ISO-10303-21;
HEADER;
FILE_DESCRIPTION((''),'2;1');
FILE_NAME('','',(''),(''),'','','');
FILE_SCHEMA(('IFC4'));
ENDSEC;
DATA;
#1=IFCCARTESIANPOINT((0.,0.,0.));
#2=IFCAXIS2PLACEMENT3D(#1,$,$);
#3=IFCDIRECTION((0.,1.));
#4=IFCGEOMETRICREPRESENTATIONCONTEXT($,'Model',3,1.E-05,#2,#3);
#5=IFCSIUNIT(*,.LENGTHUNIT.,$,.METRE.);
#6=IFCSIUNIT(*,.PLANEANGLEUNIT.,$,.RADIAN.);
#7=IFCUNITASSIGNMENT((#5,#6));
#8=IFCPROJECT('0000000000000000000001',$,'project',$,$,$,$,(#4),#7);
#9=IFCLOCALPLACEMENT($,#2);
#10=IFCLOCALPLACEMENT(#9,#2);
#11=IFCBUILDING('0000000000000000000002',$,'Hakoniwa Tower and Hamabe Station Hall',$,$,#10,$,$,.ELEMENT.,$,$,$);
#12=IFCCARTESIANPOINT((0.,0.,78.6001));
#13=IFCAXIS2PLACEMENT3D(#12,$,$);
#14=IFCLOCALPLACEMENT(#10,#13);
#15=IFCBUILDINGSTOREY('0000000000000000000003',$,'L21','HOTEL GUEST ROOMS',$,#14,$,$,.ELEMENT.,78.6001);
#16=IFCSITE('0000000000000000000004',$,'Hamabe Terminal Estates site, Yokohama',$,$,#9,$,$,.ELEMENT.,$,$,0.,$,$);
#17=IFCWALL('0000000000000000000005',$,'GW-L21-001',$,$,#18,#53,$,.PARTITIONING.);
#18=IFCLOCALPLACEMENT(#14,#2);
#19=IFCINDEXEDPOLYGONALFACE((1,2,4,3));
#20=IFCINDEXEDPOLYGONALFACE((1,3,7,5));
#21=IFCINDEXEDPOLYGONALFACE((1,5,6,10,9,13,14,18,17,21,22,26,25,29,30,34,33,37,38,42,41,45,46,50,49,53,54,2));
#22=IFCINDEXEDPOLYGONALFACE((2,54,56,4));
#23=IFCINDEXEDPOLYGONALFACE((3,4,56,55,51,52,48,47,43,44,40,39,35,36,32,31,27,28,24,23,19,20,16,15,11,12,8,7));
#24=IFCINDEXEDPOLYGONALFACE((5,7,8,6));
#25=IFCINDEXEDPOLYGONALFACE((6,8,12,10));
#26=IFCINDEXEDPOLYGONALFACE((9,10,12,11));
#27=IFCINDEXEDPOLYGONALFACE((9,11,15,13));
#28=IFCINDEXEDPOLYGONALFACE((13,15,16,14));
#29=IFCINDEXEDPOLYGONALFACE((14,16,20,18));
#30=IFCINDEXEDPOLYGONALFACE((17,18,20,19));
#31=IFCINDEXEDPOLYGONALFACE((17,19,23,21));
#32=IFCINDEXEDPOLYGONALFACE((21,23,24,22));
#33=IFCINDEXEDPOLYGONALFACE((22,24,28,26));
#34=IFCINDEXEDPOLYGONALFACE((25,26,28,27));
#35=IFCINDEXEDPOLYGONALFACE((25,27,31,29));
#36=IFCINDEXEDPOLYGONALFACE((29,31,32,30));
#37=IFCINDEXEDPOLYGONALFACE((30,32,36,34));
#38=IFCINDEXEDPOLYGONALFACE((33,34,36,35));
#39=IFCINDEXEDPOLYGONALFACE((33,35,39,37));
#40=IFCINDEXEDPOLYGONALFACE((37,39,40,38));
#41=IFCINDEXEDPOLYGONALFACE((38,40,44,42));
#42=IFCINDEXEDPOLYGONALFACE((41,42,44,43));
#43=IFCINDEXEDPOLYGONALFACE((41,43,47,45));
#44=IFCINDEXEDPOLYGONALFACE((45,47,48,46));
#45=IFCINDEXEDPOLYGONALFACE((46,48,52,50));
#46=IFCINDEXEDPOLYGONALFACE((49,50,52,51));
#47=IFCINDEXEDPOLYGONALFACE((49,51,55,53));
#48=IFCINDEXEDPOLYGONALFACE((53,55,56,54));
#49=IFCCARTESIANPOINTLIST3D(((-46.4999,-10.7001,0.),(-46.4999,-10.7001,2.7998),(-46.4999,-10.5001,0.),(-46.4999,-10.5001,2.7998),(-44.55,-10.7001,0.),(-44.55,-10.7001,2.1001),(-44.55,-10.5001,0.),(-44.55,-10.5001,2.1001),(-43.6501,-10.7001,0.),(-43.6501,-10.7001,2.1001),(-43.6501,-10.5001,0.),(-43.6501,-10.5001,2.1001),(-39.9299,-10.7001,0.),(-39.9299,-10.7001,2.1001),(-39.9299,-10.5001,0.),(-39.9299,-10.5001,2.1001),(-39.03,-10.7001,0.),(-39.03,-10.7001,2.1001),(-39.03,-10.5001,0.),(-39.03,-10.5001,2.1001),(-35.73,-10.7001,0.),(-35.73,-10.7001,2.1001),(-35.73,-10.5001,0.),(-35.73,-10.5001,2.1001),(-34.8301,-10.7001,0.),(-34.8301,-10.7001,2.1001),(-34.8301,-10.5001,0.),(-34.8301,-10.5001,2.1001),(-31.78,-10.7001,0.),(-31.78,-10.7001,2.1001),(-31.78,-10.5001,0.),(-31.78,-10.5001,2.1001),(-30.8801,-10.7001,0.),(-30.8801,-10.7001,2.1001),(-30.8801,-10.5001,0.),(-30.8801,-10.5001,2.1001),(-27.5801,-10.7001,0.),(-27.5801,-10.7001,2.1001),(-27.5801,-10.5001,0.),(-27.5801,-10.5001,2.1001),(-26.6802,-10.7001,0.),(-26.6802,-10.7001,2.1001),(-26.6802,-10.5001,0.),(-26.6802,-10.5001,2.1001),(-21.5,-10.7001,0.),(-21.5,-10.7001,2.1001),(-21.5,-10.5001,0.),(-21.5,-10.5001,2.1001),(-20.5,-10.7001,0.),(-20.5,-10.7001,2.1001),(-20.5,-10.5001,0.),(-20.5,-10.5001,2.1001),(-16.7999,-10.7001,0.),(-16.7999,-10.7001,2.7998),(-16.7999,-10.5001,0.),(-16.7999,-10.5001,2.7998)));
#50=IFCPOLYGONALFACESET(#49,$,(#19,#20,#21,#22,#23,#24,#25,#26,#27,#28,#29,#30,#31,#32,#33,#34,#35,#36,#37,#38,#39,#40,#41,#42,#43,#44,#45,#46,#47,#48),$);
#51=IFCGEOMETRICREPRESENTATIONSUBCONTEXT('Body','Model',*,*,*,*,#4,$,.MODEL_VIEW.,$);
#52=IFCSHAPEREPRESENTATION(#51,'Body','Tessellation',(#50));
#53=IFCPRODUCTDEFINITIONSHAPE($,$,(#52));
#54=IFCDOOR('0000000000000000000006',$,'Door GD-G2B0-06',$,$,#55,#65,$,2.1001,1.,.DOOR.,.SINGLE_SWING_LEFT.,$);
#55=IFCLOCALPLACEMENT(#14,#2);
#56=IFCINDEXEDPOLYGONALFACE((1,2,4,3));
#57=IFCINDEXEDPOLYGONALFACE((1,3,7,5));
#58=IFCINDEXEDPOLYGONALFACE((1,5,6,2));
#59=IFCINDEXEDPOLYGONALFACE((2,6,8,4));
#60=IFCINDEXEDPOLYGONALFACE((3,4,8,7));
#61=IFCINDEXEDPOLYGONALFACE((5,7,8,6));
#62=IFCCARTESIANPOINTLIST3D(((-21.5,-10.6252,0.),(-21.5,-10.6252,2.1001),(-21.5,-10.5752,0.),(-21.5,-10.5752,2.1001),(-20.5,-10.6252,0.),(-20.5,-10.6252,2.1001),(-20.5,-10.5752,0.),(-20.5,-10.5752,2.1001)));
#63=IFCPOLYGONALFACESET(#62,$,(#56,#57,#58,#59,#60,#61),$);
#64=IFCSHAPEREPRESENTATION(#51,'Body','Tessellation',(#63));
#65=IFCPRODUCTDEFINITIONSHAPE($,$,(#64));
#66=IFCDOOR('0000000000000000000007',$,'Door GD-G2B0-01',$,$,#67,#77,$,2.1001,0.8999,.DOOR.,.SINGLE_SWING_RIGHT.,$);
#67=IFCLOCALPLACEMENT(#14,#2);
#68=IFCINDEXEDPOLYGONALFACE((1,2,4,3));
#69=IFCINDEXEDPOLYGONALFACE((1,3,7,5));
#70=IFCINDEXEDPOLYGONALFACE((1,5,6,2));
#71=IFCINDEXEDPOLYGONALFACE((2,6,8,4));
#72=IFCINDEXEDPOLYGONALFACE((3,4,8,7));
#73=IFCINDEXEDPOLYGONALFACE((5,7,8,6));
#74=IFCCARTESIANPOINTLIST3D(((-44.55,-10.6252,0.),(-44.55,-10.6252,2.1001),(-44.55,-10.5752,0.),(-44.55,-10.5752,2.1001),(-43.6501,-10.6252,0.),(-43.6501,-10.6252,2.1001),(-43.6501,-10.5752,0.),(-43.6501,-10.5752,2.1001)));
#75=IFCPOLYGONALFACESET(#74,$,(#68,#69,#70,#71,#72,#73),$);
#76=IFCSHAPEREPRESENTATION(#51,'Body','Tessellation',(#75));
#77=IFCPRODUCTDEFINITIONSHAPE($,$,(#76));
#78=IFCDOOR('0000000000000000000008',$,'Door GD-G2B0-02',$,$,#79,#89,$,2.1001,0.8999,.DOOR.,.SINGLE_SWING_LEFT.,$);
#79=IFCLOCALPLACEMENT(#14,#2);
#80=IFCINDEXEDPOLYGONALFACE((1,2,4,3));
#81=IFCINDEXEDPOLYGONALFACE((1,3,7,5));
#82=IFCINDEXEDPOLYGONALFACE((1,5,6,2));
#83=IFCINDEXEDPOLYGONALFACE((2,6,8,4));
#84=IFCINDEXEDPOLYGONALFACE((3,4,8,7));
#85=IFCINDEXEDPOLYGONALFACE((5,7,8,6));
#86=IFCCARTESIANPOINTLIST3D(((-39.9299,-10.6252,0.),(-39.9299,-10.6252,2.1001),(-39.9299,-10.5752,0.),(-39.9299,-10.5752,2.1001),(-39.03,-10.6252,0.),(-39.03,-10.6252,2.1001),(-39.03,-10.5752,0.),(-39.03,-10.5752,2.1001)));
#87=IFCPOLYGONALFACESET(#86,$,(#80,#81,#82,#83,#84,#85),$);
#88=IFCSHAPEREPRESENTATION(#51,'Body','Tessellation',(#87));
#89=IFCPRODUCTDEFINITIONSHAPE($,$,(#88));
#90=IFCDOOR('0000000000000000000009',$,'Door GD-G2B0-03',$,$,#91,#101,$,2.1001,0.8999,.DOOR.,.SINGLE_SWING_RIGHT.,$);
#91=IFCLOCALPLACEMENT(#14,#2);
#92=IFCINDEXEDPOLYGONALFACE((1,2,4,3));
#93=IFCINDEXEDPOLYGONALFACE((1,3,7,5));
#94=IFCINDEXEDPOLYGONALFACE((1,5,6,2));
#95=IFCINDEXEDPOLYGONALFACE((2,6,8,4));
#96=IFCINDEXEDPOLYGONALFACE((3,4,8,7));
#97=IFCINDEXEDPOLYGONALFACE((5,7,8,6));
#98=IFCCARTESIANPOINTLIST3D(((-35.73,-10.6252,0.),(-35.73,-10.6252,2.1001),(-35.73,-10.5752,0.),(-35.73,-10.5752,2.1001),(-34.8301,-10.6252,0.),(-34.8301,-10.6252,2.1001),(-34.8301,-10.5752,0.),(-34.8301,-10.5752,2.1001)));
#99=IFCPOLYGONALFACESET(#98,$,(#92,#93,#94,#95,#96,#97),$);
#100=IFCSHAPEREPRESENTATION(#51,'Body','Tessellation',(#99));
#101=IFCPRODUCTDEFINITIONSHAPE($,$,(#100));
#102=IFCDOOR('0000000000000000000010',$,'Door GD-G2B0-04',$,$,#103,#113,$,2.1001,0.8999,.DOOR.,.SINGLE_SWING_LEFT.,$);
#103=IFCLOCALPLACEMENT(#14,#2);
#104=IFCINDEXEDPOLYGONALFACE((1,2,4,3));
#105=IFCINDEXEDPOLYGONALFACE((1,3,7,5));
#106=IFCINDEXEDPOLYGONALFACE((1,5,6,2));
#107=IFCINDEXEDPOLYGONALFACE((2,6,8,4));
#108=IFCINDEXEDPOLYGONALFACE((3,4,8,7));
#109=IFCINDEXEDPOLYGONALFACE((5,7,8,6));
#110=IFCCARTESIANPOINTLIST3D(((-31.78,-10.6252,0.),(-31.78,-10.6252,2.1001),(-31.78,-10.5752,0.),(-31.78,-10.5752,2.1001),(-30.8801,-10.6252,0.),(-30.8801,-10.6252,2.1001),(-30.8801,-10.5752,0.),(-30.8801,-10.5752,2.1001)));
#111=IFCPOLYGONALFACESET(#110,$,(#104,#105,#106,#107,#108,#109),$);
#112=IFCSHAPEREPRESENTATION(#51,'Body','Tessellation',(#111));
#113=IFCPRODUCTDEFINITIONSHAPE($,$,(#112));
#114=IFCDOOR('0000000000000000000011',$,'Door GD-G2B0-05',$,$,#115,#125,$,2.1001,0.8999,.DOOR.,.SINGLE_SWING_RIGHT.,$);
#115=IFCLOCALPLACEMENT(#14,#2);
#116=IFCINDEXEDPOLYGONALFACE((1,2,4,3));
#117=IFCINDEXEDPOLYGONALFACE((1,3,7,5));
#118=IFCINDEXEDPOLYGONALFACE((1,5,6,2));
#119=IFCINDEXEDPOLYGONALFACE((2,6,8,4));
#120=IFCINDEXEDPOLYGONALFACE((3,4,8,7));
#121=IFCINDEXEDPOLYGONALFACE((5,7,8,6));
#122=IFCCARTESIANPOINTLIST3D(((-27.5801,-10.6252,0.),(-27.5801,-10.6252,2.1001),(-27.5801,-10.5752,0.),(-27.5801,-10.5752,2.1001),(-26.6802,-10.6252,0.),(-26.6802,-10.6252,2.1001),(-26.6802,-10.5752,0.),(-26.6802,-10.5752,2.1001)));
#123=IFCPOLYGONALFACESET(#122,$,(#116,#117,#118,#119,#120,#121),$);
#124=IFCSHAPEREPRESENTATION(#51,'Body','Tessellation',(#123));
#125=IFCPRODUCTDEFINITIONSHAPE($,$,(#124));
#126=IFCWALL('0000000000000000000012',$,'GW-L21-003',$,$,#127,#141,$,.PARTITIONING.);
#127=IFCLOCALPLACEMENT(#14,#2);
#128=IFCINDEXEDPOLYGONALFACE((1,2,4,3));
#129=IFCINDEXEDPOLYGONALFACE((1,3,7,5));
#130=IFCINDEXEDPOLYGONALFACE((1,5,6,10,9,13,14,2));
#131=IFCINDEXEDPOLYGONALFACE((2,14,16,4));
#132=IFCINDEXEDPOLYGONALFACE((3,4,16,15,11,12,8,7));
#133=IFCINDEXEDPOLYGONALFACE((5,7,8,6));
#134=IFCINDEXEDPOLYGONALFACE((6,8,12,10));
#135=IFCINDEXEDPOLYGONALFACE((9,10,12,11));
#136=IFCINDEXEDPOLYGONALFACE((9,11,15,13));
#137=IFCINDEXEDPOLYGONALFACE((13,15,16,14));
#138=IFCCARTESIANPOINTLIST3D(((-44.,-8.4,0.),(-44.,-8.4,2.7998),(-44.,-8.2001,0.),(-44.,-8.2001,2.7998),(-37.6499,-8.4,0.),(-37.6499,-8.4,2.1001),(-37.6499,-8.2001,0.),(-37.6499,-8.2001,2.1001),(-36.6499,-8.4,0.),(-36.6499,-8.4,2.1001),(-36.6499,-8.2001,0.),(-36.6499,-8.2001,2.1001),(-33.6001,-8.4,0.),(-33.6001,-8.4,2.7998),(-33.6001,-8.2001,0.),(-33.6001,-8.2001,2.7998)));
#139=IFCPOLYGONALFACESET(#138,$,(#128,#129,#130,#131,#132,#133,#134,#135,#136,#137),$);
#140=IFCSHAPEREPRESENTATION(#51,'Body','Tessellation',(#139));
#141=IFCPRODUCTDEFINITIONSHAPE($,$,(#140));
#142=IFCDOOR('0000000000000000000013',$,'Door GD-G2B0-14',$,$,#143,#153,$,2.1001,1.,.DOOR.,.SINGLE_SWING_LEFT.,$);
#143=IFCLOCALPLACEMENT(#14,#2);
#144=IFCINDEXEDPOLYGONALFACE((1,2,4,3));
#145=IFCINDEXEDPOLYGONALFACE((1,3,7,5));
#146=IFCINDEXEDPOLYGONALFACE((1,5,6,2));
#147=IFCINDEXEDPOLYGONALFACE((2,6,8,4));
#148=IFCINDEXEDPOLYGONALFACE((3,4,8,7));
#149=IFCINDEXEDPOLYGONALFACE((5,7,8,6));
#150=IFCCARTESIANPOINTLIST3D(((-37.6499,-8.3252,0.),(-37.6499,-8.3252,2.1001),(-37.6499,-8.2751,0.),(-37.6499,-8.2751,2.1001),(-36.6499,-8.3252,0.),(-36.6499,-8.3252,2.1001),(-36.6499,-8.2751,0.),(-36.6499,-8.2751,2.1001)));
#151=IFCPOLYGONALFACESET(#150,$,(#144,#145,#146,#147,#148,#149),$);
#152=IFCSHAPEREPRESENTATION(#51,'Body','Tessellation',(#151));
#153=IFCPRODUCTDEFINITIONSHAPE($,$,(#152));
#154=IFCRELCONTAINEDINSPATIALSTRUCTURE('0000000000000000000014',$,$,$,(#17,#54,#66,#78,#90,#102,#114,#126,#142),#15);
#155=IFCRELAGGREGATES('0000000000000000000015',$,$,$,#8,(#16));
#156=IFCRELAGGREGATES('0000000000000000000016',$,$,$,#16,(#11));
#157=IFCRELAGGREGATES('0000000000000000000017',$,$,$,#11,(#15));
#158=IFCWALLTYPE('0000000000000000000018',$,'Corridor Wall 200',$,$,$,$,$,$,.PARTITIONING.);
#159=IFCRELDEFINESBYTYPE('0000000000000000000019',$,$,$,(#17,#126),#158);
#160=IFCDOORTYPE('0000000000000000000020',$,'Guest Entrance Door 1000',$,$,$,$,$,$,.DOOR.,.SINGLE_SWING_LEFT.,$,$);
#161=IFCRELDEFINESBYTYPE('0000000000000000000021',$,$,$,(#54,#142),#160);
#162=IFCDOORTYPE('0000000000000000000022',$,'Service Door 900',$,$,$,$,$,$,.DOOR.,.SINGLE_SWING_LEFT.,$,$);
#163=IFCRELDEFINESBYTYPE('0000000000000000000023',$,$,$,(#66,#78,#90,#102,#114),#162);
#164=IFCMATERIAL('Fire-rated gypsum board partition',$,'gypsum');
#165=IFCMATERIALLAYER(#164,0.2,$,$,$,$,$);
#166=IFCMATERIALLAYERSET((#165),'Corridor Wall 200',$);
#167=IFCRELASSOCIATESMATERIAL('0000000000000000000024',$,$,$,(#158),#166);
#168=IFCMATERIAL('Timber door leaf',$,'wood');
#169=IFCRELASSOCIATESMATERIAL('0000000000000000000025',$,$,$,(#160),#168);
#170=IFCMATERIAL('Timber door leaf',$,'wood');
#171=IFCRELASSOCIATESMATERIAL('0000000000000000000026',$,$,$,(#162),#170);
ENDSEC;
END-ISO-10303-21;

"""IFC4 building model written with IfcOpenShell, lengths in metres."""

from ifc_helpers import new_model, si_unit, direction, frame, frame_2d, origin, place, context, subcontext, project, spatial, rectangle, extrude, material, layer, layer_set, type_object, element, fill, save


model = new_model("IFC4")

# Units and contexts
model_context = context("Model", 3, precision=1e-05, world=origin(), true_north=direction((0.0, 1.0)))
body_context = subcontext(model_context, "Body", "Model", "MODEL_VIEW")
ifc_project = project(units=[si_unit("LENGTHUNIT", "METRE"), si_unit("PLANEANGLEUNIT", "RADIAN")], contexts=[model_context])

# Site, building, storey
site_placement = place(None, origin())
site = spatial("IfcSite", under=ifc_project, at=site_placement, Name="Hamabe Terminal Estates site, Yokohama", CompositionType="ELEMENT", RefElevation=0.0)
building_placement = place(site_placement, origin())
building = spatial("IfcBuilding", under=site, at=building_placement, Name="Hakoniwa Tower and Hamabe Station Hall", CompositionType="ELEMENT")
storey_placement = place(building_placement, frame((0.0, 0.0, 78.6001)))
storey = spatial("IfcBuildingStorey", under=building, at=storey_placement, Name="L21", Description="HOTEL GUEST ROOMS", CompositionType="ELEMENT", Elevation=78.6001)

# Wall, openings, doors
ifc_material_1 = material(Name="Fire-rated gypsum board partition", Category="gypsum")
ifc_layer_1 = layer(ifc_material_1, 0.2)
ifc_layer_set_1 = layer_set([ifc_layer_1], Name="Corridor Wall 200")
wall_type_1 = type_object("IfcWallType", Name="Corridor Wall 200", PredefinedType="PARTITIONING", material=ifc_layer_set_1)
wall_1_placement = place(storey_placement, frame((-46.5, -10.6001, 0.0), z_axis=(0.0, 0.0, 1.0), x_axis=(1.0, 0.0, 0.0)))
wall_1 = element("IfcWall", 1, at=wall_1_placement, inside=storey, type_object=wall_type_1, Name="GW-L21-001", PredefinedType="PARTITIONING", context=body_context, shape_type="SweptSolid", body=[
    extrude(rectangle(XDim=29.7, YDim=0.2, at=frame_2d((14.8501, 0.0))), origin(), (0.0, 0.0, 1.0), 2.7998),
])
opening_1_placement = place(wall_1_placement, frame((1.95, 0.0, 0.0)))
opening_1 = element("IfcOpeningElement", 2, at=opening_1_placement, cuts=wall_1, PredefinedType="OPENING", context=body_context, shape_type="SweptSolid", body=[
    extrude(rectangle(XDim=0.8999, YDim=2.1001, at=frame_2d((0.45, 1.05))), frame((0.0, 0.1099, 0.0), z_axis=(0.0, -1.0, 0.0), x_axis=(1.0, 0.0, 0.0)), (0.0, 0.0, 1.0), 0.22),
])
opening_2_placement = place(wall_1_placement, frame((6.5701, 0.0, 0.0)))
opening_2 = element("IfcOpeningElement", 3, at=opening_2_placement, cuts=wall_1, PredefinedType="OPENING", context=body_context, shape_type="SweptSolid", body=[
    extrude(rectangle(XDim=0.8999, YDim=2.1001, at=frame_2d((0.45, 1.05))), frame((0.0, 0.1099, 0.0), z_axis=(0.0, -1.0, 0.0), x_axis=(1.0, 0.0, 0.0)), (0.0, 0.0, 1.0), 0.22),
])
opening_3_placement = place(wall_1_placement, frame((10.77, 0.0, 0.0)))
opening_3 = element("IfcOpeningElement", 4, at=opening_3_placement, cuts=wall_1, PredefinedType="OPENING", context=body_context, shape_type="SweptSolid", body=[
    extrude(rectangle(XDim=0.8999, YDim=2.1001, at=frame_2d((0.45, 1.05))), frame((0.0, 0.1099, 0.0), z_axis=(0.0, -1.0, 0.0), x_axis=(1.0, 0.0, 0.0)), (0.0, 0.0, 1.0), 0.22),
])
opening_4_placement = place(wall_1_placement, frame((14.72, 0.0, 0.0)))
opening_4 = element("IfcOpeningElement", 5, at=opening_4_placement, cuts=wall_1, PredefinedType="OPENING", context=body_context, shape_type="SweptSolid", body=[
    extrude(rectangle(XDim=0.8999, YDim=2.1001, at=frame_2d((0.45, 1.05))), frame((0.0, 0.1099, 0.0), z_axis=(0.0, -1.0, 0.0), x_axis=(1.0, 0.0, 0.0)), (0.0, 0.0, 1.0), 0.22),
])
opening_5_placement = place(wall_1_placement, frame((18.9199, 0.0, 0.0)))
opening_5 = element("IfcOpeningElement", 6, at=opening_5_placement, cuts=wall_1, PredefinedType="OPENING", context=body_context, shape_type="SweptSolid", body=[
    extrude(rectangle(XDim=0.8999, YDim=2.1001, at=frame_2d((0.45, 1.05))), frame((0.0, 0.1099, 0.0), z_axis=(0.0, -1.0, 0.0), x_axis=(1.0, 0.0, 0.0)), (0.0, 0.0, 1.0), 0.22),
])
opening_6_placement = place(wall_1_placement, frame((25.0, 0.0, 0.0)))
opening_6 = element("IfcOpeningElement", 7, at=opening_6_placement, cuts=wall_1, PredefinedType="OPENING", context=body_context, shape_type="SweptSolid", body=[
    extrude(rectangle(XDim=1.0, YDim=2.1001, at=frame_2d((0.5, 1.05))), frame((0.0, 0.1099, 0.0), z_axis=(0.0, -1.0, 0.0), x_axis=(1.0, 0.0, 0.0)), (0.0, 0.0, 1.0), 0.22),
])
ifc_material_2 = material(Name="Timber door leaf", Category="wood")
door_type_1 = type_object("IfcDoorType", Name="Guest Entrance Door 1000", OperationType="SINGLE_SWING_LEFT", PredefinedType="DOOR", material=ifc_material_2)
door_1_placement = place(opening_6_placement, origin())
door_1 = element("IfcDoor", 8, at=door_1_placement, inside=storey, type_object=door_type_1, Name="Door GD-G2B0-06", OperationType="SINGLE_SWING_LEFT", OverallHeight=2.1001, OverallWidth=1.0, PredefinedType="DOOR", context=body_context, shape_type="SweptSolid", body=[
    extrude(rectangle(XDim=1.0, YDim=2.1001, at=frame_2d((0.5, 1.05))), frame((0.0, 0.0249, 0.0), z_axis=(0.0, -1.0, 0.0), x_axis=(1.0, 0.0, 0.0)), (0.0, 0.0, 1.0), 0.05),
])
fill(opening_6, door_1)
ifc_material_3 = material(Name="Timber door leaf", Category="wood")
door_type_2 = type_object("IfcDoorType", Name="Service Door 900", OperationType="SINGLE_SWING_LEFT", PredefinedType="DOOR", material=ifc_material_3)
door_2_placement = place(opening_1_placement, origin())
door_2 = element("IfcDoor", 9, at=door_2_placement, inside=storey, type_object=door_type_2, Name="Door GD-G2B0-01", OperationType="SINGLE_SWING_RIGHT", OverallHeight=2.1001, OverallWidth=0.8999, PredefinedType="DOOR", context=body_context, shape_type="SweptSolid", body=[
    extrude(rectangle(XDim=0.8999, YDim=2.1001, at=frame_2d((0.45, 1.05))), frame((0.0, 0.0249, 0.0), z_axis=(0.0, -1.0, 0.0), x_axis=(1.0, 0.0, 0.0)), (0.0, 0.0, 1.0), 0.05),
])
fill(opening_1, door_2)
door_3_placement = place(opening_2_placement, origin())
door_3 = element("IfcDoor", 10, at=door_3_placement, inside=storey, type_object=door_type_2, Name="Door GD-G2B0-02", OperationType="SINGLE_SWING_LEFT", OverallHeight=2.1001, OverallWidth=0.8999, PredefinedType="DOOR", context=body_context, shape_type="SweptSolid", body=[
    extrude(rectangle(XDim=0.8999, YDim=2.1001, at=frame_2d((0.45, 1.05))), frame((0.0, 0.0249, 0.0), z_axis=(0.0, -1.0, 0.0), x_axis=(1.0, 0.0, 0.0)), (0.0, 0.0, 1.0), 0.05),
])
fill(opening_2, door_3)
door_4_placement = place(opening_3_placement, origin())
door_4 = element("IfcDoor", 11, at=door_4_placement, inside=storey, type_object=door_type_2, Name="Door GD-G2B0-03", OperationType="SINGLE_SWING_RIGHT", OverallHeight=2.1001, OverallWidth=0.8999, PredefinedType="DOOR", context=body_context, shape_type="SweptSolid", body=[
    extrude(rectangle(XDim=0.8999, YDim=2.1001, at=frame_2d((0.45, 1.05))), frame((0.0, 0.0249, 0.0), z_axis=(0.0, -1.0, 0.0), x_axis=(1.0, 0.0, 0.0)), (0.0, 0.0, 1.0), 0.05),
])
fill(opening_3, door_4)
door_5_placement = place(opening_4_placement, origin())
door_5 = element("IfcDoor", 12, at=door_5_placement, inside=storey, type_object=door_type_2, Name="Door GD-G2B0-04", OperationType="SINGLE_SWING_LEFT", OverallHeight=2.1001, OverallWidth=0.8999, PredefinedType="DOOR", context=body_context, shape_type="SweptSolid", body=[
    extrude(rectangle(XDim=0.8999, YDim=2.1001, at=frame_2d((0.45, 1.05))), frame((0.0, 0.0249, 0.0), z_axis=(0.0, -1.0, 0.0), x_axis=(1.0, 0.0, 0.0)), (0.0, 0.0, 1.0), 0.05),
])
fill(opening_4, door_5)
door_6_placement = place(opening_5_placement, origin())
door_6 = element("IfcDoor", 13, at=door_6_placement, inside=storey, type_object=door_type_2, Name="Door GD-G2B0-05", OperationType="SINGLE_SWING_RIGHT", OverallHeight=2.1001, OverallWidth=0.8999, PredefinedType="DOOR", context=body_context, shape_type="SweptSolid", body=[
    extrude(rectangle(XDim=0.8999, YDim=2.1001, at=frame_2d((0.45, 1.05))), frame((0.0, 0.0249, 0.0), z_axis=(0.0, -1.0, 0.0), x_axis=(1.0, 0.0, 0.0)), (0.0, 0.0, 1.0), 0.05),
])
fill(opening_5, door_6)

# Wall, opening, door
wall_2_placement = place(storey_placement, frame((-44.0, -8.3, 0.0), z_axis=(0.0, 0.0, 1.0), x_axis=(1.0, 0.0, 0.0)))
wall_2 = element("IfcWall", 14, at=wall_2_placement, inside=storey, type_object=wall_type_1, Name="GW-L21-003", PredefinedType="PARTITIONING", context=body_context, shape_type="SweptSolid", body=[
    extrude(rectangle(XDim=10.3999, YDim=0.2, at=frame_2d((5.2, 0.0))), origin(), (0.0, 0.0, 1.0), 2.7998),
])
opening_7_placement = place(wall_2_placement, frame((6.3501, 0.0, 0.0)))
opening_7 = element("IfcOpeningElement", 15, at=opening_7_placement, cuts=wall_2, PredefinedType="OPENING", context=body_context, shape_type="SweptSolid", body=[
    extrude(rectangle(XDim=1.0, YDim=2.1001, at=frame_2d((0.5, 1.05))), frame((0.0, 0.1099, 0.0), z_axis=(0.0, -1.0, 0.0), x_axis=(1.0, 0.0, 0.0)), (0.0, 0.0, 1.0), 0.22),
])
door_7_placement = place(opening_7_placement, origin())
door_7 = element("IfcDoor", 16, at=door_7_placement, inside=storey, type_object=door_type_1, Name="Door GD-G2B0-14", OperationType="SINGLE_SWING_LEFT", OverallHeight=2.1001, OverallWidth=1.0, PredefinedType="DOOR", context=body_context, shape_type="SweptSolid", body=[
    extrude(rectangle(XDim=1.0, YDim=2.1001, at=frame_2d((0.5, 1.05))), frame((0.0, 0.0249, 0.0), z_axis=(0.0, -1.0, 0.0), x_axis=(1.0, 0.0, 0.0)), (0.0, 0.0, 1.0), 0.05),
])
fill(opening_7, door_7)

save(model, "model.ifc")
